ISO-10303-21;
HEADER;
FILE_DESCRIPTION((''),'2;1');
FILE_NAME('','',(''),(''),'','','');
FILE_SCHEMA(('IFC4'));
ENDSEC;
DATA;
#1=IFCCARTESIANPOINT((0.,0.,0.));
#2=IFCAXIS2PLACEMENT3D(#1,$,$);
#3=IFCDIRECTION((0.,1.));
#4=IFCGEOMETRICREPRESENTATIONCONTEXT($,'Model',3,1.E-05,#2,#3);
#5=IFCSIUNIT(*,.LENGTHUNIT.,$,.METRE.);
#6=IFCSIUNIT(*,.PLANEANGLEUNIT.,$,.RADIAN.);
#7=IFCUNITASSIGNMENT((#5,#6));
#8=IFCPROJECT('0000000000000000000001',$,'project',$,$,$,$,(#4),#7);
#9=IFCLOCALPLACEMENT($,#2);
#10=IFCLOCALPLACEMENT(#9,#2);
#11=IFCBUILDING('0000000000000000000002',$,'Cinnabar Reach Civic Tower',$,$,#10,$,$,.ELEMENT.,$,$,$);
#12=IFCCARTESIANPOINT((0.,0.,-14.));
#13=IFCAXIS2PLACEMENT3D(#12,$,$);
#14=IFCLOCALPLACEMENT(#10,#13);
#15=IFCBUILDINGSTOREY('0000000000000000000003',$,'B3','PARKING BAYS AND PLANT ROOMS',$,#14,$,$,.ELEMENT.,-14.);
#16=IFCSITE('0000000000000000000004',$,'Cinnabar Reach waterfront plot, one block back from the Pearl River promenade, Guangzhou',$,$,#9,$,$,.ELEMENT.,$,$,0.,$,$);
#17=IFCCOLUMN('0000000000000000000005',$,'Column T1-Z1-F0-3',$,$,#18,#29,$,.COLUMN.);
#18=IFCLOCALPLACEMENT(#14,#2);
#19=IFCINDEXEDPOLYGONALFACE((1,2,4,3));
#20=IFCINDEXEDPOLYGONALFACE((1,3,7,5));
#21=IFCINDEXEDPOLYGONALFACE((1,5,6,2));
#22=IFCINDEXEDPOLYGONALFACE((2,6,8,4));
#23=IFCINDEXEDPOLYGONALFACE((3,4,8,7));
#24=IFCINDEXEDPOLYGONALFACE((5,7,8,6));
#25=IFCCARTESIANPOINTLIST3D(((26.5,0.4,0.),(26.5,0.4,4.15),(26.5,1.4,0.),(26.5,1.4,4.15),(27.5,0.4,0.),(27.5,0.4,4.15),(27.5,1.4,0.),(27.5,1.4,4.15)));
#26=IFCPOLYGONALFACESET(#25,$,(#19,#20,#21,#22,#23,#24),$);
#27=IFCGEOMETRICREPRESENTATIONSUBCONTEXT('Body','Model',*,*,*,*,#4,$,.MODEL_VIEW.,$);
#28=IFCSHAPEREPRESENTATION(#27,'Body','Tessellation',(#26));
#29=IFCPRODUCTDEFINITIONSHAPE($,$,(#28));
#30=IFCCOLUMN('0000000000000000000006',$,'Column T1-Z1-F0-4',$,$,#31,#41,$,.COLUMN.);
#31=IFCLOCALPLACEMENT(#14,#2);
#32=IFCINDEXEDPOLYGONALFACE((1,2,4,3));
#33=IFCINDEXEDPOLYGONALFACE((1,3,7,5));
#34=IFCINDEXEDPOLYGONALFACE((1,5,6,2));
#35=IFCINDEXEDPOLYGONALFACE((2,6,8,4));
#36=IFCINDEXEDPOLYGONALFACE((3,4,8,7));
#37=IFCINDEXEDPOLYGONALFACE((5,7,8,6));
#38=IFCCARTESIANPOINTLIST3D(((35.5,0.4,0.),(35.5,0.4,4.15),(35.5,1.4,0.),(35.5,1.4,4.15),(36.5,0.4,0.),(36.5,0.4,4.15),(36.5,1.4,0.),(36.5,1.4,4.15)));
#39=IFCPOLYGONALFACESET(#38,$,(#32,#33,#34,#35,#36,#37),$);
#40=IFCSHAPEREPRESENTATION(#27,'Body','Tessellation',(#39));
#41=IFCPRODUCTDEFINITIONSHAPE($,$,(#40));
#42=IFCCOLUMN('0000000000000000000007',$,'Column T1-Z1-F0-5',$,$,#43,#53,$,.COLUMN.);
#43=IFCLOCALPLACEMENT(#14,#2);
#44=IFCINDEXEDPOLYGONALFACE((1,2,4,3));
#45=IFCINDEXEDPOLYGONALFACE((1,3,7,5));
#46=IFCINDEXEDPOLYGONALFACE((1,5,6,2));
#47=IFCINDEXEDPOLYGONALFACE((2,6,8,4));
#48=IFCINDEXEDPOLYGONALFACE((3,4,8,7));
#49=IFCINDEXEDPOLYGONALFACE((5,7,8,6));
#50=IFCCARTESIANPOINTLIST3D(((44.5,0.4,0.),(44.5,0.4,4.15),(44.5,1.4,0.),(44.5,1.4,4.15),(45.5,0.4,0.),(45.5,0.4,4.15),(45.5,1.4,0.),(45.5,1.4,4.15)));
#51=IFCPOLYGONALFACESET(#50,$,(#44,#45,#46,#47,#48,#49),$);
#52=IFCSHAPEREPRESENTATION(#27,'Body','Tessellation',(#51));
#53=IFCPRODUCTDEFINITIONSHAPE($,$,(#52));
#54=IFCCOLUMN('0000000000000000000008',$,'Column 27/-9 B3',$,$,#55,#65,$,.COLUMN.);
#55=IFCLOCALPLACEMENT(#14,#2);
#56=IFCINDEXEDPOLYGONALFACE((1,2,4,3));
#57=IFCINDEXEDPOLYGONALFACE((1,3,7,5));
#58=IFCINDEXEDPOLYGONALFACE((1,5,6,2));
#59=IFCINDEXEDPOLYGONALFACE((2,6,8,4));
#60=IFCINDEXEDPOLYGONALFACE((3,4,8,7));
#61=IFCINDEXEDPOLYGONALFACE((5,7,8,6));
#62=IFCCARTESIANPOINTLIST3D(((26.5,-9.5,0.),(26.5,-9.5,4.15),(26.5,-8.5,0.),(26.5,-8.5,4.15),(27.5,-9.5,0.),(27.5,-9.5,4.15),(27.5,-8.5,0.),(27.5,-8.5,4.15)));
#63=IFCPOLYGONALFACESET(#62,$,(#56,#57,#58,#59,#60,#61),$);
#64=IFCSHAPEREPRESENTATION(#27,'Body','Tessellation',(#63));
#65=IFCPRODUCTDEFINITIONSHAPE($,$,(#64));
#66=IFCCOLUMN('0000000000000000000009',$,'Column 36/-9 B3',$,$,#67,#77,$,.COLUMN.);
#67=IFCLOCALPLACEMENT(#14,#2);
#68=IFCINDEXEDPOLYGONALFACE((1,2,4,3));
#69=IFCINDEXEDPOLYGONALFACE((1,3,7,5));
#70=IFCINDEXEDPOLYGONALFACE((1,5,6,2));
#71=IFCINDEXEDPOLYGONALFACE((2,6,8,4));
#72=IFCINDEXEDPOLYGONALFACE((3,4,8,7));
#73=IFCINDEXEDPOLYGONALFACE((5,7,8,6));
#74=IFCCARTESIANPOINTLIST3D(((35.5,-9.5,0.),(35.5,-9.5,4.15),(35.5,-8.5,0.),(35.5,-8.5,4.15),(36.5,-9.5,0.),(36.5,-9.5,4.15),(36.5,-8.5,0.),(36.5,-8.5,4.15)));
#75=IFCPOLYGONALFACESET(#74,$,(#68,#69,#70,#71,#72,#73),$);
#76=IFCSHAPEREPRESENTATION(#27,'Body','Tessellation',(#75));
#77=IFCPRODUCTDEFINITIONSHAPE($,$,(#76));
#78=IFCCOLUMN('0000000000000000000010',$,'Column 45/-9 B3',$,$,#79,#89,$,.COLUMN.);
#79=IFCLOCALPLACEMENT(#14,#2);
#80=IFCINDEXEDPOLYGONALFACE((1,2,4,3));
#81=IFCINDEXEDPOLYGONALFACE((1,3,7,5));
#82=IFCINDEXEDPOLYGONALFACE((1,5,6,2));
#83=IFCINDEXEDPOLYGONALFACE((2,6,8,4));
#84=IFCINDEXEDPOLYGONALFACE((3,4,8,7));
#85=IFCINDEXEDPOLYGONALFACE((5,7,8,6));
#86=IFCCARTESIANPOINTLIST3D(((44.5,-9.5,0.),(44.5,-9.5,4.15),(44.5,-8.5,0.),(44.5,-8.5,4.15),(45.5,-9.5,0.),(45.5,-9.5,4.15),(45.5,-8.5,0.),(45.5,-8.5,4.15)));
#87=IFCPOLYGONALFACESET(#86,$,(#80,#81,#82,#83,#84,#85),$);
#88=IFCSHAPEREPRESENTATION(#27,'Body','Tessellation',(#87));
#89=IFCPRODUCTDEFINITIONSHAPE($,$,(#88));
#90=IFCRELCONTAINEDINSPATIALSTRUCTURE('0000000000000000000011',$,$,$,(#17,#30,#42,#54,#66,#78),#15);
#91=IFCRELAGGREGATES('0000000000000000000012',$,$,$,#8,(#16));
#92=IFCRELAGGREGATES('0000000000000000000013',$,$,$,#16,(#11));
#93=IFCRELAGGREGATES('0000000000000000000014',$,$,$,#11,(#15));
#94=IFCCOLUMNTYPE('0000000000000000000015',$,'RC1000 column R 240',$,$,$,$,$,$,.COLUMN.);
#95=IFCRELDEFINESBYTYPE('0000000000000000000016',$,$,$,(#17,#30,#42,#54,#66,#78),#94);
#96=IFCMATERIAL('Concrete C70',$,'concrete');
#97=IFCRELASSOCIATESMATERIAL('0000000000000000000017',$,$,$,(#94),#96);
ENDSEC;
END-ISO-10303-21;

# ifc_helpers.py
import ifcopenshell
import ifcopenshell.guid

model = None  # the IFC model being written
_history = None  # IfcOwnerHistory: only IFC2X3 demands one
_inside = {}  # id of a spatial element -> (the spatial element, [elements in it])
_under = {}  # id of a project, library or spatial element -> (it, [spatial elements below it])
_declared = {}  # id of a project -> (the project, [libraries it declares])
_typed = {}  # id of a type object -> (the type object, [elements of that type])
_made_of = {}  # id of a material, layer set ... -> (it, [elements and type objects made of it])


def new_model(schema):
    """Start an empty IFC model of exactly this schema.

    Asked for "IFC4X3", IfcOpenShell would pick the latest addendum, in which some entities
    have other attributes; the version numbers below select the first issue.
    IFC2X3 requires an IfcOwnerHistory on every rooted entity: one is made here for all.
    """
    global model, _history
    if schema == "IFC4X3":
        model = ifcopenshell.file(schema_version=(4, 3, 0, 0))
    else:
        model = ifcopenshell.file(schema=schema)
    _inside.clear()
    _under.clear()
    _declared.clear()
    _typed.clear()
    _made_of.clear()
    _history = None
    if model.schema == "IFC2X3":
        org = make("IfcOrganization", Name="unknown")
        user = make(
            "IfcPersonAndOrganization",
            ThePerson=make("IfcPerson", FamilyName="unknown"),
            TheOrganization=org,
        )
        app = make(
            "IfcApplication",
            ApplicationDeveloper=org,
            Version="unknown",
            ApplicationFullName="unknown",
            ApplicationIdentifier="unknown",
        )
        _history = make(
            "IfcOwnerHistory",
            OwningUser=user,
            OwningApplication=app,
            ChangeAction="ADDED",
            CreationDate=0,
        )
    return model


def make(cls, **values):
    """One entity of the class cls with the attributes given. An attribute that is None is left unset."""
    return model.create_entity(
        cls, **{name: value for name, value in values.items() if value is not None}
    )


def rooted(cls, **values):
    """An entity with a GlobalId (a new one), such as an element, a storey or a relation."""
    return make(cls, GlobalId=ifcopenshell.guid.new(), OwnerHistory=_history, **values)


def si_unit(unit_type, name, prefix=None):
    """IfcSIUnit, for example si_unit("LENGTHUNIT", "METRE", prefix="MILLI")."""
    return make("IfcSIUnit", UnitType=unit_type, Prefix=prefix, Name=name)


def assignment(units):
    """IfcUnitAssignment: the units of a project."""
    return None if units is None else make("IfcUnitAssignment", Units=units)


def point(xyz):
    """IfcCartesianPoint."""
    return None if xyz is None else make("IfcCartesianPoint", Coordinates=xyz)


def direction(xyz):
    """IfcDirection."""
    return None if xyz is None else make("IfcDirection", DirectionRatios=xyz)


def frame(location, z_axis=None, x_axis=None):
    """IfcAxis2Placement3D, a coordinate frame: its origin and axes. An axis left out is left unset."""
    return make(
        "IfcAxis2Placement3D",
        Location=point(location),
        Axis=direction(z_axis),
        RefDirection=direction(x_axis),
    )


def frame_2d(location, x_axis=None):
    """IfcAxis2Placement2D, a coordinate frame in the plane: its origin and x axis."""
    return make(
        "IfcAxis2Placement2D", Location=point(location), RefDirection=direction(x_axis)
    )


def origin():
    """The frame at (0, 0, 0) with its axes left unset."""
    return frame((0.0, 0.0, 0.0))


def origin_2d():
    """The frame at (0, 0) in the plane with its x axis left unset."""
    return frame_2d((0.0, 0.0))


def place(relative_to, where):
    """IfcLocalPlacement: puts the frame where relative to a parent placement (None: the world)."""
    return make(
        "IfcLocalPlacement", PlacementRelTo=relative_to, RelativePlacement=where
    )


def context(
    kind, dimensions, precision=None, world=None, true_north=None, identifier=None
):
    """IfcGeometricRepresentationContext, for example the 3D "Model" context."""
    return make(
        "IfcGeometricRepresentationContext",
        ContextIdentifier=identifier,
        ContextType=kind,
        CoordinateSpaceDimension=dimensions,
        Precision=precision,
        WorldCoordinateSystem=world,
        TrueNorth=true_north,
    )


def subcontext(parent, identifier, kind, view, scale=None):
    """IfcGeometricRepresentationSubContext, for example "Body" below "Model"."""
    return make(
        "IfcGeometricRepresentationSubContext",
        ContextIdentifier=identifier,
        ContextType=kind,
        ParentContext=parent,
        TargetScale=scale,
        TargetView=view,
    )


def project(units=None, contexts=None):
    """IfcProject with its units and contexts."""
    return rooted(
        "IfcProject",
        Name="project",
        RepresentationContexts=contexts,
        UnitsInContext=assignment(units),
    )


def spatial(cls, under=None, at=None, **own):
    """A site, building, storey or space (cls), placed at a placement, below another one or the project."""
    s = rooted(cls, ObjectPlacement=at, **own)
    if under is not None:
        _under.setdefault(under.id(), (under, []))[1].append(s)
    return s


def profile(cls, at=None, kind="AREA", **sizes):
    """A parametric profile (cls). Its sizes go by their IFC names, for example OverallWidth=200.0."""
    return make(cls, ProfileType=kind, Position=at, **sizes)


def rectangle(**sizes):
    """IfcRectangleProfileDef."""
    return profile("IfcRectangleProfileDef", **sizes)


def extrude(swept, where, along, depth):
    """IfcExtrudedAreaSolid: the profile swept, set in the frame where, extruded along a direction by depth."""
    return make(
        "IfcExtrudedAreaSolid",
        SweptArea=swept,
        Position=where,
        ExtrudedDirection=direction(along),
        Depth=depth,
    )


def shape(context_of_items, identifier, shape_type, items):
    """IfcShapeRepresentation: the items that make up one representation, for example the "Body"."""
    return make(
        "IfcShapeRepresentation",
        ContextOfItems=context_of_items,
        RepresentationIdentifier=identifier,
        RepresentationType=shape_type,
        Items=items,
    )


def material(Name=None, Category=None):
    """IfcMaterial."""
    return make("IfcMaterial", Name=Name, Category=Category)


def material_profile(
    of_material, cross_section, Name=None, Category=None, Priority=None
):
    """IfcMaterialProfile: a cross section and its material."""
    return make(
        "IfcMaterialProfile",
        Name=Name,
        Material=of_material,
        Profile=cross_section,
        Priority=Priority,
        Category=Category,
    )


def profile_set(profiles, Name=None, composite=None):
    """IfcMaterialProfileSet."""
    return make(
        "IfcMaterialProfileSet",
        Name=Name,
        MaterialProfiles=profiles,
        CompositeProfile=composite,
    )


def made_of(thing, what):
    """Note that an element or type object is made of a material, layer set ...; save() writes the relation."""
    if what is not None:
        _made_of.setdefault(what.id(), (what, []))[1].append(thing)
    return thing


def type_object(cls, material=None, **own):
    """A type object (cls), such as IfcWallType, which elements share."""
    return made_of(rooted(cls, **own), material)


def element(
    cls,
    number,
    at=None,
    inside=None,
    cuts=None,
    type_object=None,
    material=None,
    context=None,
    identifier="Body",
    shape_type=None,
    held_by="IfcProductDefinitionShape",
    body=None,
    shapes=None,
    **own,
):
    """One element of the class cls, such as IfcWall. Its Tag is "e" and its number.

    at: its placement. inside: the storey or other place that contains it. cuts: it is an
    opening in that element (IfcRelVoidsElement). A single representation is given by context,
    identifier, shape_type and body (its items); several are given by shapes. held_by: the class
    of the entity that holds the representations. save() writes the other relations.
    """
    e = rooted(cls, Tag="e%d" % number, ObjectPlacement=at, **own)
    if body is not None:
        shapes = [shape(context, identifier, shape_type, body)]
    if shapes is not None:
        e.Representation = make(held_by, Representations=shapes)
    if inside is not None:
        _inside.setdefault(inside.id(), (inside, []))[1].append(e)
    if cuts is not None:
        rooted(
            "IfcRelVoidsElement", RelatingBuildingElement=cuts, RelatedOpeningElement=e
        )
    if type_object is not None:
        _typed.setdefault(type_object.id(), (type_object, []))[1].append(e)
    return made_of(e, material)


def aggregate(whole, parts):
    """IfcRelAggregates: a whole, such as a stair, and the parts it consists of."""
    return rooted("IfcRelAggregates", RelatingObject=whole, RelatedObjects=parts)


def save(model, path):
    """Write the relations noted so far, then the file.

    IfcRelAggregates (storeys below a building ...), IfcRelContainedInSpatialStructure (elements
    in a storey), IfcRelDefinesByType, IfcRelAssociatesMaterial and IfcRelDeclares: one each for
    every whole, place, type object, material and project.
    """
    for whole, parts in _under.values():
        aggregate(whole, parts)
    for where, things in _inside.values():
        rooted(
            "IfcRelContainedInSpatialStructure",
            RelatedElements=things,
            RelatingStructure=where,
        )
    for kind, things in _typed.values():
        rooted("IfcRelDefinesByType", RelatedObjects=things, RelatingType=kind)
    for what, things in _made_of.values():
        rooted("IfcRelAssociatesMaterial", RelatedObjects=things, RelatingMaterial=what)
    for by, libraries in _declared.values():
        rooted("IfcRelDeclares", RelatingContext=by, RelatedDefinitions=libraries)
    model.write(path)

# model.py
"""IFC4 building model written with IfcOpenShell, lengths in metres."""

from ifc_helpers import new_model, si_unit, direction, frame, origin, origin_2d, place, context, subcontext, project, spatial, rectangle, extrude, material, material_profile, profile_set, type_object, element, save


model = new_model("IFC4")

# Units and contexts
model_context = context("Model", 3, precision=1e-05, world=origin(), true_north=direction((0.0, 1.0)))
body_context = subcontext(model_context, "Body", "Model", "MODEL_VIEW")
ifc_project = project(units=[si_unit("LENGTHUNIT", "METRE"), si_unit("PLANEANGLEUNIT", "RADIAN")], contexts=[model_context])

# Site, building, storey
site_placement = place(None, origin())
site = spatial("IfcSite", under=ifc_project, at=site_placement, Name="Cinnabar Reach waterfront plot, one block back from the Pearl River promenade, Guangzhou", CompositionType="ELEMENT", RefElevation=0.0)
building_placement = place(site_placement, origin())
building = spatial("IfcBuilding", under=site, at=building_placement, Name="Cinnabar Reach Civic Tower", CompositionType="ELEMENT")
storey_placement = place(building_placement, frame((0.0, 0.0, -14.0)))
storey = spatial("IfcBuildingStorey", under=building, at=storey_placement, Name="B3", Description="PARKING BAYS AND PLANT ROOMS", CompositionType="ELEMENT", Elevation=-14.0)

# Columns
ifc_material_1 = material(Name="Concrete C70", Category="concrete")
ifc_material_profile = material_profile(ifc_material_1, rectangle(XDim=1.0, YDim=1.0, at=origin_2d()), Name="RC1000")
ifc_profile_set = profile_set([ifc_material_profile], Name="Concrete C70")
column_type = type_object("IfcColumnType", Name="RC1000 column R 240", PredefinedType="COLUMN", material=ifc_profile_set)
for number, where, z_axis, x_axis, name in (
    (1, (27.0, 0.9, 0.0), (0.0, 0.0, 1.0), (1.0, 0.0, 0.0), "Column T1-Z1-F0-3"),
    (2, (36.0, 0.9, 0.0), (0.0, 0.0, 1.0), (1.0, 0.0, 0.0), "Column T1-Z1-F0-4"),
    (3, (45.0, 0.9, 0.0), (0.0, 0.0, 1.0), (1.0, 0.0, 0.0), "Column T1-Z1-F0-5"),
    (4, (27.0, -9.0, 0.0), (0.0, 0.0, 1.0), (1.0, 0.0, 0.0), "Column 27/-9 B3"),
    (5, (36.0, -9.0, 0.0), (0.0, 0.0, 1.0), (1.0, 0.0, 0.0), "Column 36/-9 B3"),
    (6, (45.0, -9.0, 0.0), (0.0, 0.0, 1.0), (1.0, 0.0, 0.0), "Column 45/-9 B3"),
):
    element("IfcColumn", number, at=place(storey_placement, frame(where, z_axis=z_axis, x_axis=x_axis)), inside=storey, type_object=column_type, Name=name, PredefinedType="COLUMN", context=body_context, shape_type="SweptSolid", body=[
        extrude(rectangle(XDim=1.0, YDim=1.0, at=origin_2d()), origin(), (0.0, 0.0, 1.0), 4.15),
    ])

save(model, "model.ifc")
